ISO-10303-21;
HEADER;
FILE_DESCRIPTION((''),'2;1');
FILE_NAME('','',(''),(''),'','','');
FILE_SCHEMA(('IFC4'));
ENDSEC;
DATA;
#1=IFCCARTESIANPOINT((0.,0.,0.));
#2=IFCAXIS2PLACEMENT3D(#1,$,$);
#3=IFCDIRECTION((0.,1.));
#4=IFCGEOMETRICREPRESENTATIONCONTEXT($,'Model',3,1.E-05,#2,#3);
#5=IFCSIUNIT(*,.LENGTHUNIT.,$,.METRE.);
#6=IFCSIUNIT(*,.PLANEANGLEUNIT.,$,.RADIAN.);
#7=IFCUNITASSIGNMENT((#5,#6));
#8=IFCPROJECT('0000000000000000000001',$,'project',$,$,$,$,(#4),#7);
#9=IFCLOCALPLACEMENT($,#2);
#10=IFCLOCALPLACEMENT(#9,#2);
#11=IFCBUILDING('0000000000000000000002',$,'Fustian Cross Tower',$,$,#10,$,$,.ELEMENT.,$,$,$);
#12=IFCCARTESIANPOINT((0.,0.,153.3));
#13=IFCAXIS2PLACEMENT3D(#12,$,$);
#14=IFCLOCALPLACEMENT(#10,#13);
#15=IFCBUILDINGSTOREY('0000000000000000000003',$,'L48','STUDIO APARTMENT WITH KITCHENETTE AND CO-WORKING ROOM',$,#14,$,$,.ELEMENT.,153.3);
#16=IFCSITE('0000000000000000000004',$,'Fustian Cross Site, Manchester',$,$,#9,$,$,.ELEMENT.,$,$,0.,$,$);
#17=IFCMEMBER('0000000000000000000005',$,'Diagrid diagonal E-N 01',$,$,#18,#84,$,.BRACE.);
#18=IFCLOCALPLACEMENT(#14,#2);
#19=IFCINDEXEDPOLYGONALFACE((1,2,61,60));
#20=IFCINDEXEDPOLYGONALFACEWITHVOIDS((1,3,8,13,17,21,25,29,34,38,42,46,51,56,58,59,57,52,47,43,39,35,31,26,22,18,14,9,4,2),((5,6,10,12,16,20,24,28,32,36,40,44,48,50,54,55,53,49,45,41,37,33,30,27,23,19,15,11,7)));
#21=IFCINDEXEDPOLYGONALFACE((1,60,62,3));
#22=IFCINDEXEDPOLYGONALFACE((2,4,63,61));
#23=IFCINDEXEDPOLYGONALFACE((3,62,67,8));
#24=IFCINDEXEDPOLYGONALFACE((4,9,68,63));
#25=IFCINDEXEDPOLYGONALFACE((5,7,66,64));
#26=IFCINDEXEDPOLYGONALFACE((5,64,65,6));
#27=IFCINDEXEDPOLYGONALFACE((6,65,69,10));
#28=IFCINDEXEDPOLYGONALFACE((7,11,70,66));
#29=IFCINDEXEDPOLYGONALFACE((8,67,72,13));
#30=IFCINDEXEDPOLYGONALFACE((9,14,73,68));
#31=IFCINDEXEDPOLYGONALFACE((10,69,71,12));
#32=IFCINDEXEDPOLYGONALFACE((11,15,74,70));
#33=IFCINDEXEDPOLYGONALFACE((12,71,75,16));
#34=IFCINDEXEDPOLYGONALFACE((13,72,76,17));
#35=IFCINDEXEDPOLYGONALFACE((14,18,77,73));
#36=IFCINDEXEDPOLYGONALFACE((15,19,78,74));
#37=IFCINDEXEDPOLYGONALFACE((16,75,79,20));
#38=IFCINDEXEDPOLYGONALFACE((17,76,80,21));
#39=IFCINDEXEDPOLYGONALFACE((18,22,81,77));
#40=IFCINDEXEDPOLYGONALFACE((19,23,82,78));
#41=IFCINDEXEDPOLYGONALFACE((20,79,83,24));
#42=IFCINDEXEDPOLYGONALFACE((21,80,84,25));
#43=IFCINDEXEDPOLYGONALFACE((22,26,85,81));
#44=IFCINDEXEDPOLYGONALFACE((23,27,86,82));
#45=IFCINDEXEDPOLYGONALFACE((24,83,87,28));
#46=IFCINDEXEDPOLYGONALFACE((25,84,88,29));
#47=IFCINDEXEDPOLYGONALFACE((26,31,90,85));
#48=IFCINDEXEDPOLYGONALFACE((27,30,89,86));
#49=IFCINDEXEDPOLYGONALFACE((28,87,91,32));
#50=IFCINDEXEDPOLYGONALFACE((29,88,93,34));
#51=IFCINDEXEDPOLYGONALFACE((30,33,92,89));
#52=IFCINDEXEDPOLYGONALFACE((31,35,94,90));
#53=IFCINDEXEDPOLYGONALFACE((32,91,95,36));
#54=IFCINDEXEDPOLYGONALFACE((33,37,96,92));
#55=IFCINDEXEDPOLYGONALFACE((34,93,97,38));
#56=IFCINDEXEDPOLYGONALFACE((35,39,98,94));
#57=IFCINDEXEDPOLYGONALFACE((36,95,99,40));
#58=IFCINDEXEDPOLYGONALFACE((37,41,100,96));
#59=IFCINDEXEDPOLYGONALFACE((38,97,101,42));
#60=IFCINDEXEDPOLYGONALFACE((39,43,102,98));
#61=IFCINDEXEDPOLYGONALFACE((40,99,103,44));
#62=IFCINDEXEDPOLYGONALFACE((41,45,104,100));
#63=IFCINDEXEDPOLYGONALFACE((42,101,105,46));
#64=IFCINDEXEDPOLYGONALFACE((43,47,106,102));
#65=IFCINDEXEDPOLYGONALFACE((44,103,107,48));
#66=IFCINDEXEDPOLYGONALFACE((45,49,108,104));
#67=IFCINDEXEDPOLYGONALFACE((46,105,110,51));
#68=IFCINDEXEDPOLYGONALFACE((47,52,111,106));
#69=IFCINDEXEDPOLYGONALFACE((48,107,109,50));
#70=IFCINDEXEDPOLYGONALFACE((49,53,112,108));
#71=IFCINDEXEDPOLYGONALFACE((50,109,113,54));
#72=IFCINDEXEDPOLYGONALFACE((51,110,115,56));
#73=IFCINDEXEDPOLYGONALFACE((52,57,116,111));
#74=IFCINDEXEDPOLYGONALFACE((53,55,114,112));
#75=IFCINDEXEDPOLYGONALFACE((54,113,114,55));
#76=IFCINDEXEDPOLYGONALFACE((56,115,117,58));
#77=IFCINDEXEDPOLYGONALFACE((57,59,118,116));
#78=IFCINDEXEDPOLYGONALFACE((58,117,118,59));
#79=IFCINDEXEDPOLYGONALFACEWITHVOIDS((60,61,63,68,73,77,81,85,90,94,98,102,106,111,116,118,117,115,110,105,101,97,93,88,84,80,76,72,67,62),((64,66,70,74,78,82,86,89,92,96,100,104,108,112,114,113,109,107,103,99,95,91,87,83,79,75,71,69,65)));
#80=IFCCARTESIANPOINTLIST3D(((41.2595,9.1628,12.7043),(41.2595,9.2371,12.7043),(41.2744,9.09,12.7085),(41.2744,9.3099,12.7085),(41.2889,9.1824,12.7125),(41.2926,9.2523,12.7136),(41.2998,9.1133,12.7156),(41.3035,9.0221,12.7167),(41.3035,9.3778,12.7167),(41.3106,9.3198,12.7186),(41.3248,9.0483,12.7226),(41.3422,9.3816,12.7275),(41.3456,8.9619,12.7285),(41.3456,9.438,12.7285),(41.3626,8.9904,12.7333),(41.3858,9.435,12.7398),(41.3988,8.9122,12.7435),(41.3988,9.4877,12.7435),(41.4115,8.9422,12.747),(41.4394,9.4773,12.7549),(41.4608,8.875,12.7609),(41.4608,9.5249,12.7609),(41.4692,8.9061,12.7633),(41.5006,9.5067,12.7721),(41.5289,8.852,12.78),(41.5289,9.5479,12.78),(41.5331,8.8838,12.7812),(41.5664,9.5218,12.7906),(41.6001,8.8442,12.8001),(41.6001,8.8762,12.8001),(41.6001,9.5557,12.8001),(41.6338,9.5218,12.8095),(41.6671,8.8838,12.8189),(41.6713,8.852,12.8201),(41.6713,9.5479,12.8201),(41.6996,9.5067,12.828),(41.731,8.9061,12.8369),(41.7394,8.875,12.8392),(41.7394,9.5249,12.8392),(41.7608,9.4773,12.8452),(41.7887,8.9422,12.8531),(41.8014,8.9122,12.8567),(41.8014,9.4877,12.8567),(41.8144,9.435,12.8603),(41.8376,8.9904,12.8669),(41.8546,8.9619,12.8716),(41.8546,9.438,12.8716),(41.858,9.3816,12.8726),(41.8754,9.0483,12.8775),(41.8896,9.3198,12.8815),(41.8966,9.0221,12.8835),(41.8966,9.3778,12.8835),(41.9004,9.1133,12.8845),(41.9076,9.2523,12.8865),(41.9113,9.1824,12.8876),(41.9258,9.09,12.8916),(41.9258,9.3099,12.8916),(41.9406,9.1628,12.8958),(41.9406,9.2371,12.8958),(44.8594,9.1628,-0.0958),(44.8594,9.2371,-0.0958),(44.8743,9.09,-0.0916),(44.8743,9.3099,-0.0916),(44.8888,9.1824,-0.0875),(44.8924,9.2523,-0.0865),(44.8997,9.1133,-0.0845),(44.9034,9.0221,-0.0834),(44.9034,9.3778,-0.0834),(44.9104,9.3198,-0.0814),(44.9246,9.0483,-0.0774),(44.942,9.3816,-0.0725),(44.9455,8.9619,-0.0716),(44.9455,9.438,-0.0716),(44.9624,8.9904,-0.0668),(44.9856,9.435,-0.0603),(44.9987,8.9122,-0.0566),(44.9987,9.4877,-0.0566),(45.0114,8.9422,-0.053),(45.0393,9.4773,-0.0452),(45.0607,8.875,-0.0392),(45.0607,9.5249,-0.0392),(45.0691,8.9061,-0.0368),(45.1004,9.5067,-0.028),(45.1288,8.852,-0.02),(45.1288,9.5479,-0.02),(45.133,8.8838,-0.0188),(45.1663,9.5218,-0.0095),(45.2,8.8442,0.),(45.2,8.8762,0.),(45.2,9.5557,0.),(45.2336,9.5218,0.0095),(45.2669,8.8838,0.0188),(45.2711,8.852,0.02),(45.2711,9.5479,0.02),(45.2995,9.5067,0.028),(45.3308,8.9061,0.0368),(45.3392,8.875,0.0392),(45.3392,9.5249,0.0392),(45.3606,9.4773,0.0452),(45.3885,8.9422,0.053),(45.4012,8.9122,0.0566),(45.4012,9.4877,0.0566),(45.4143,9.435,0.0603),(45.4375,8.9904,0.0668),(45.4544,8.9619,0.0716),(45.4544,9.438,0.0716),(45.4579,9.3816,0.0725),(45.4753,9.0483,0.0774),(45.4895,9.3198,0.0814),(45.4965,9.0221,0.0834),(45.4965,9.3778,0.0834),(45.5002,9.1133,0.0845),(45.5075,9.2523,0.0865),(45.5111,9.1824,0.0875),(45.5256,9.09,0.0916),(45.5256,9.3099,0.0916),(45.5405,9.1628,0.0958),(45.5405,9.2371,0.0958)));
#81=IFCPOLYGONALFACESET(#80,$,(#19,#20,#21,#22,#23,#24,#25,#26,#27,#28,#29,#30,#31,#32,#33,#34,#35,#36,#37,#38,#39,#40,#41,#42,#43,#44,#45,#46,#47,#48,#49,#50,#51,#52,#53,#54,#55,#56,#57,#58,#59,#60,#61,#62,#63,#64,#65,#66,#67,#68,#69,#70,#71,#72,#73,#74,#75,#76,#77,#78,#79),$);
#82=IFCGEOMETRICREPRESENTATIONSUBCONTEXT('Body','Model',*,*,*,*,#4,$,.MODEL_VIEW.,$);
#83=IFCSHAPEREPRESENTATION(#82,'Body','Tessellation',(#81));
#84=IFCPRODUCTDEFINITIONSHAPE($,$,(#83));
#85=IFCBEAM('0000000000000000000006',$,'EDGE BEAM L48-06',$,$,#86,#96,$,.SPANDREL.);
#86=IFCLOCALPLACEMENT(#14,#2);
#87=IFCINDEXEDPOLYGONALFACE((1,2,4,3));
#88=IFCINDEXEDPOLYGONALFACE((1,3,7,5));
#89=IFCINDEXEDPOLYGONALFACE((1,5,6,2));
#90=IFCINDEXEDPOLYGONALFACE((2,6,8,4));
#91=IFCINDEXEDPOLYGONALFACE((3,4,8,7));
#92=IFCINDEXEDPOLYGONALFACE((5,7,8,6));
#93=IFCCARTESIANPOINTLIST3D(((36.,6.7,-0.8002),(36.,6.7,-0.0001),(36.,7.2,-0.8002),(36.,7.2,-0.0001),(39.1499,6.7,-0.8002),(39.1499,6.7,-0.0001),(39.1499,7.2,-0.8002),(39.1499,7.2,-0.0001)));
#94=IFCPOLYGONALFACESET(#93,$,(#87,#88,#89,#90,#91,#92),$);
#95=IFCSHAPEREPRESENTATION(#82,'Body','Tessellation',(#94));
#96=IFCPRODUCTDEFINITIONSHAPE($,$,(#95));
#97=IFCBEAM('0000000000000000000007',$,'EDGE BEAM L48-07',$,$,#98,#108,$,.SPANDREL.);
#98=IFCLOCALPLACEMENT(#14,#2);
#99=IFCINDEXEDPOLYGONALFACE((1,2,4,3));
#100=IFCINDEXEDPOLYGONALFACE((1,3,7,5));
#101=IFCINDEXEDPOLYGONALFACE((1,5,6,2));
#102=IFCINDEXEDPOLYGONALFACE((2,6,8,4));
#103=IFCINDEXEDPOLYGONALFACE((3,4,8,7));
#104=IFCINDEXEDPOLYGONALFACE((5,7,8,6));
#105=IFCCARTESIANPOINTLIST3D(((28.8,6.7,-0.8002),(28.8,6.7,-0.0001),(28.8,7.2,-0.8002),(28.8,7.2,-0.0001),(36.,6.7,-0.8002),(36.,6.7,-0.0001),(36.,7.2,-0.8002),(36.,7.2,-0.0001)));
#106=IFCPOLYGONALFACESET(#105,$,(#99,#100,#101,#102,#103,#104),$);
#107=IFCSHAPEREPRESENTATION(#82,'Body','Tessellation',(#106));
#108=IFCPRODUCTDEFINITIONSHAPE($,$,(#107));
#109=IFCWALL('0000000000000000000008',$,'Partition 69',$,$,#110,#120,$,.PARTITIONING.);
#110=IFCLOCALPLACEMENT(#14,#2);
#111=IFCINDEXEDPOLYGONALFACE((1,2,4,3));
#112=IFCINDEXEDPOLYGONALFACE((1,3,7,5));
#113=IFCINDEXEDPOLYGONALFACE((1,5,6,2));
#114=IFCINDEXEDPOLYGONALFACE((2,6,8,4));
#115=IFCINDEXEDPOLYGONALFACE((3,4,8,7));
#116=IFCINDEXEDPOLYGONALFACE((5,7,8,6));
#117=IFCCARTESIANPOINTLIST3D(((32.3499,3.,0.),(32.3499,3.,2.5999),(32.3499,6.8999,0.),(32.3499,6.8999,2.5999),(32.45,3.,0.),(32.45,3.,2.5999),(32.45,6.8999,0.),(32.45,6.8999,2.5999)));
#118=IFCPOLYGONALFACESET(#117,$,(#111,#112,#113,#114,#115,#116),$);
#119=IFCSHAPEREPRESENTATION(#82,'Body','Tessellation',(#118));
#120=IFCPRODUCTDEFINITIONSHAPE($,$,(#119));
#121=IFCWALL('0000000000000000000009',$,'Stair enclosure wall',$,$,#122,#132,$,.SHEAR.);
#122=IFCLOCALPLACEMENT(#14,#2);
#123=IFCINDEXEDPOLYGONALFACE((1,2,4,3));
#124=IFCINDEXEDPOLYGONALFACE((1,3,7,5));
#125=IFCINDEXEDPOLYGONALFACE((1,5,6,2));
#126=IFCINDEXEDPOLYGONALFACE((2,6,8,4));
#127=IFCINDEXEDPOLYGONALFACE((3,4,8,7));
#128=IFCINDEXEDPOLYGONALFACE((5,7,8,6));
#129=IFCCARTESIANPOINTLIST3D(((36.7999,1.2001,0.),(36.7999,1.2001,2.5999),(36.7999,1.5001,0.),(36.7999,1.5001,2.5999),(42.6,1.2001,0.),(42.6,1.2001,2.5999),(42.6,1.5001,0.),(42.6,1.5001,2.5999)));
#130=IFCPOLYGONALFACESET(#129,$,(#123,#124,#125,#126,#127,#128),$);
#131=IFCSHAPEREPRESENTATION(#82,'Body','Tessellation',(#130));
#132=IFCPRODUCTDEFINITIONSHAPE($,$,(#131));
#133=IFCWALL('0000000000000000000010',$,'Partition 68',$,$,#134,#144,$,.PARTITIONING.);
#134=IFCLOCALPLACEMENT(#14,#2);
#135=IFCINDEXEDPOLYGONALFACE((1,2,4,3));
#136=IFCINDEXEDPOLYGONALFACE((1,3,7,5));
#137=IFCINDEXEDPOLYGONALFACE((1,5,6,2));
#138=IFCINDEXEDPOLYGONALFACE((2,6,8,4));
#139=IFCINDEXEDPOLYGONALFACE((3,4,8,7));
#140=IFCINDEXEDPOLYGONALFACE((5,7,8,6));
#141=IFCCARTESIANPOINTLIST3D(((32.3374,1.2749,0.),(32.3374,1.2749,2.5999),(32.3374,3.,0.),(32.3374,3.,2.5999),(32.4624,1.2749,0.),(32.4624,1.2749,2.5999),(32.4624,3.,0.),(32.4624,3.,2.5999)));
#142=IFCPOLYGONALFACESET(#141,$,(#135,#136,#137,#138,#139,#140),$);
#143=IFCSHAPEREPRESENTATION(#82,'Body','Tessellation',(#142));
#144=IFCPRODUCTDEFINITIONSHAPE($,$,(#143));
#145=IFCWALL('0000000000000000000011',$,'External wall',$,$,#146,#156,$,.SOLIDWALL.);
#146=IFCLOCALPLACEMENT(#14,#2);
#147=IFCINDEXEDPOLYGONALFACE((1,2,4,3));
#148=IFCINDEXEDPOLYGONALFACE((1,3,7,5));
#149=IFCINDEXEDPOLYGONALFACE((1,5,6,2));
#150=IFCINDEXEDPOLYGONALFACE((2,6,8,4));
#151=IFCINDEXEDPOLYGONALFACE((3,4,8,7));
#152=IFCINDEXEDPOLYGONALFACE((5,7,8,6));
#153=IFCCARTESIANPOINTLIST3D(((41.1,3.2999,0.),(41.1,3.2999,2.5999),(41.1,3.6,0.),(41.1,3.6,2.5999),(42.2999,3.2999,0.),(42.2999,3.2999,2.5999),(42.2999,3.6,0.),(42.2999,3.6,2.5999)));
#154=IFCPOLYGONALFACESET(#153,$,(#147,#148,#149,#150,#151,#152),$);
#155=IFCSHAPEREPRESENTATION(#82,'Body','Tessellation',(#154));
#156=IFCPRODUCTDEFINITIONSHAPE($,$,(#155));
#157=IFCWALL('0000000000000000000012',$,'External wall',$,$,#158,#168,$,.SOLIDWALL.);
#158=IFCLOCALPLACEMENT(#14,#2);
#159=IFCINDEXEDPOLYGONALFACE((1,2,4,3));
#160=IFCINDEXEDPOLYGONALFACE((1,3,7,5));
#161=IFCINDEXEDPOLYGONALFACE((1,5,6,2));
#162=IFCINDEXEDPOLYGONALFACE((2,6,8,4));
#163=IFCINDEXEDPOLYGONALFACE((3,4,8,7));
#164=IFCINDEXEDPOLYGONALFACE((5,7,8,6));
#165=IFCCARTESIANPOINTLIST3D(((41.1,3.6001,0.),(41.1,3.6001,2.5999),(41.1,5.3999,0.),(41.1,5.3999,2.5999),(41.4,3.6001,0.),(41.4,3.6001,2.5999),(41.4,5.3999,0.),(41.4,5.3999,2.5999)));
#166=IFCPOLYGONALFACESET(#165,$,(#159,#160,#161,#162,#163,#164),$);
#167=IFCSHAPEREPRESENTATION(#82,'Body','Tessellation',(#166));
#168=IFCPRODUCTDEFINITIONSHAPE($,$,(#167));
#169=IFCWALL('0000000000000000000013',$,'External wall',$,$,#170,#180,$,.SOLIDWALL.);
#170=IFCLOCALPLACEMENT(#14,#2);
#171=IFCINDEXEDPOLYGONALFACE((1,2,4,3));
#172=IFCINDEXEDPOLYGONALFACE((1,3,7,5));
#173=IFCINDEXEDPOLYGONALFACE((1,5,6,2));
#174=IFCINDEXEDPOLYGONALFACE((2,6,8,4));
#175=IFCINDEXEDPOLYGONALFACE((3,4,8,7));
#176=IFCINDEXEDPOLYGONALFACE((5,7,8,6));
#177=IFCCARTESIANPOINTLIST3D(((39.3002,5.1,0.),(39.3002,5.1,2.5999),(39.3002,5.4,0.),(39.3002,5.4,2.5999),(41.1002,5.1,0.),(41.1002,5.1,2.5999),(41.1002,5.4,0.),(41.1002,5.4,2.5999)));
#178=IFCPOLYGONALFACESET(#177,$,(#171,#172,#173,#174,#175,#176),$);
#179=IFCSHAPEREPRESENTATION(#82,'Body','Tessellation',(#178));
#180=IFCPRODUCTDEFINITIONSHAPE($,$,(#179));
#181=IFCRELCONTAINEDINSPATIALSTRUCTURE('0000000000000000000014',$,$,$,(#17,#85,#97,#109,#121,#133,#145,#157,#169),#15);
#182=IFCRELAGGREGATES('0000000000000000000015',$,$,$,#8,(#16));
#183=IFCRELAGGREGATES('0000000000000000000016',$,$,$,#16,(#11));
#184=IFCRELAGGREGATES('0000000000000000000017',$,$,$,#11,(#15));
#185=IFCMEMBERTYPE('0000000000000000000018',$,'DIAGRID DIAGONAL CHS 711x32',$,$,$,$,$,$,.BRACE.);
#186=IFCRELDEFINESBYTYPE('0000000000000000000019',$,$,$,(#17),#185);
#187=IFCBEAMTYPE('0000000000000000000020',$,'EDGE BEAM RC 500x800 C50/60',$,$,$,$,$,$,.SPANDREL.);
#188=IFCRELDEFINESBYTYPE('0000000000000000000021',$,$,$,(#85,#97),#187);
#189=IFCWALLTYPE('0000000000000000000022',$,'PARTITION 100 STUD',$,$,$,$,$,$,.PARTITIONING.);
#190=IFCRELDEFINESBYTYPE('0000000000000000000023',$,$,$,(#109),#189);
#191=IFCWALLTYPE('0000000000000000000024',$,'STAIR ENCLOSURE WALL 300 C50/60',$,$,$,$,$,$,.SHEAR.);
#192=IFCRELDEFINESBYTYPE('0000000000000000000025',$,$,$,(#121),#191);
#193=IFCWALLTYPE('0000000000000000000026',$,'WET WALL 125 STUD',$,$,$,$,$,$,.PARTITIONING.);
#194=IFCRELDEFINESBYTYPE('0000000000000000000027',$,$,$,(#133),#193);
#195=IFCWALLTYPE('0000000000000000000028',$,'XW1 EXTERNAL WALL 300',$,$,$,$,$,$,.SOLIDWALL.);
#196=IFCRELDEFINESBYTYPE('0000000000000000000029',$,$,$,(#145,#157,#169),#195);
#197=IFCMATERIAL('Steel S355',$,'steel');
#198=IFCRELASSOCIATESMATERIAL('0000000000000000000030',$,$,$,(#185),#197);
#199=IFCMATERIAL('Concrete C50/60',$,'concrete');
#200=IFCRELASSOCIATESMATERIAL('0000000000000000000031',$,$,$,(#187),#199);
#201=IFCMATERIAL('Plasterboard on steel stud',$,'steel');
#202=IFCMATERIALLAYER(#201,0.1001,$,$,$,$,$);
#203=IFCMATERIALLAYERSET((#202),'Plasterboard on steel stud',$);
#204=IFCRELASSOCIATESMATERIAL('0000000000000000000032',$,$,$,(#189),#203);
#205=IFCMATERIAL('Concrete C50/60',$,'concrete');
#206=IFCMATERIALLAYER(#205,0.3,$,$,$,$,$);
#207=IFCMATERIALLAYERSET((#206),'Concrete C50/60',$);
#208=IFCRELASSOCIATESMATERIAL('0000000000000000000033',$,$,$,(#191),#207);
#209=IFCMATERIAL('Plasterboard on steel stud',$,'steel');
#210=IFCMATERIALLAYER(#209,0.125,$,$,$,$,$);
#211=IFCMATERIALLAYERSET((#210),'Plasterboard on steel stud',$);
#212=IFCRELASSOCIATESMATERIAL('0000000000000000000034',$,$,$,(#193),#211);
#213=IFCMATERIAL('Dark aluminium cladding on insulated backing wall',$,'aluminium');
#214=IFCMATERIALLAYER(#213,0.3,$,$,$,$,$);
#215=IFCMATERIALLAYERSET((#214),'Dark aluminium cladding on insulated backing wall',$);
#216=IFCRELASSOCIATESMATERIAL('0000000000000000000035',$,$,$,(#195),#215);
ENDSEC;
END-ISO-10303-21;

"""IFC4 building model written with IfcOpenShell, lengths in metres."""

from ifc_helpers import new_model, si_unit, direction, frame, frame_2d, origin, origin_2d, place, context, subcontext, project, spatial, rectangle, hollow_circle, extrude, material, layer, layer_set, material_profile, profile_set, type_object, element, save


model = new_model("IFC4")

# Units and contexts
model_context = context("Model", 3, precision=1e-05, world=origin(), true_north=direction((0.0, 1.0)))
body_context = subcontext(model_context, "Body", "Model", "MODEL_VIEW")
ifc_project = project(units=[si_unit("LENGTHUNIT", "METRE"), si_unit("PLANEANGLEUNIT", "RADIAN")], contexts=[model_context])

# Site, building, storey
site_placement = place(None, origin())
site = spatial("IfcSite", under=ifc_project, at=site_placement, Name="Fustian Cross Site, Manchester", CompositionType="ELEMENT", RefElevation=0.0)
building_placement = place(site_placement, origin())
building = spatial("IfcBuilding", under=site, at=building_placement, Name="Fustian Cross Tower", CompositionType="ELEMENT")
storey_placement = place(building_placement, frame((0.0, 0.0, 153.3)))
storey = spatial("IfcBuildingStorey", under=building, at=storey_placement, Name="L48", Description="STUDIO APARTMENT WITH KITCHENETTE AND CO-WORKING ROOM", CompositionType="ELEMENT", Elevation=153.3)

# Member
ifc_material_1 = material(Name="Steel S355", Category="steel")
ifc_material_profile_1 = material_profile(ifc_material_1, hollow_circle(Radius=0.3557, WallThickness=0.032, at=origin_2d()), Name="CHS 711x32")
ifc_profile_set_1 = profile_set([ifc_material_profile_1], Name="Steel S355")
member_type_1 = type_object("IfcMemberType", Name="DIAGRID DIAGONAL CHS 711x32", PredefinedType="BRACE", material=ifc_profile_set_1)
member_1_placement = place(storey_placement, frame((45.2, 9.2, 0.0), z_axis=(-0.270734, 0.0, 0.962654), x_axis=(0.0, -1.0, 0.0)))
element("IfcMember", 1, at=member_1_placement, inside=storey, type_object=member_type_1, Name="Diagrid diagonal E-N 01", PredefinedType="BRACE", context=body_context, shape_type="SweptSolid", body=[
    extrude(hollow_circle(Radius=0.3557, WallThickness=0.032, at=origin_2d()), origin(), (0.0, 0.0, 1.0), 13.2966),
])

# Beams
ifc_material_2 = material(Name="Concrete C50/60", Category="concrete")
ifc_material_profile_2 = material_profile(ifc_material_2, rectangle(XDim=0.5, YDim=0.8, at=origin_2d()), Name="RC 500x800")
ifc_profile_set_2 = profile_set([ifc_material_profile_2], Name="Concrete C50/60")
beam_type = type_object("IfcBeamType", Name="EDGE BEAM RC 500x800 C50/60", PredefinedType="SPANDREL", material=ifc_profile_set_2)
beam_1_placement = place(storey_placement, frame((39.1499, 6.95, -0.4001), z_axis=(-1.0, 0.0, 0.0), x_axis=(0.0, -1.0, 0.0)))
element("IfcBeam", 2, at=beam_1_placement, inside=storey, type_object=beam_type, Name="EDGE BEAM L48-06", PredefinedType="SPANDREL", context=body_context, shape_type="SweptSolid", body=[
    extrude(rectangle(XDim=0.5, YDim=0.8, at=origin_2d()), origin(), (0.0, 0.0, 1.0), 3.1499),
])
beam_2_placement = place(storey_placement, frame((36.0, 6.95, -0.4001), z_axis=(-1.0, 0.0, 0.0), x_axis=(0.0, -1.0, 0.0)))
element("IfcBeam", 3, at=beam_2_placement, inside=storey, type_object=beam_type, Name="EDGE BEAM L48-07", PredefinedType="SPANDREL", context=body_context, shape_type="SweptSolid", body=[
    extrude(rectangle(XDim=0.5, YDim=0.8, at=origin_2d()), origin(), (0.0, 0.0, 1.0), 7.2),
])

# Walls
ifc_material_3 = material(Name="Plasterboard on steel stud", Category="steel")
ifc_layer_1 = layer(ifc_material_3, 0.1001)
ifc_layer_set_1 = layer_set([ifc_layer_1], Name="Plasterboard on steel stud")
wall_type_1 = type_object("IfcWallType", Name="PARTITION 100 STUD", PredefinedType="PARTITIONING", material=ifc_layer_set_1)
wall_1_placement = place(storey_placement, frame((32.3999, 3.0, 0.0), z_axis=(0.0, 0.0, 1.0), x_axis=(0.0, 1.0, 0.0)))
element("IfcWall", 4, at=wall_1_placement, inside=storey, type_object=wall_type_1, Name="Partition 69", PredefinedType="PARTITIONING", context=body_context, shape_type="SweptSolid", body=[
    extrude(rectangle(XDim=3.8999, YDim=0.1001, at=frame_2d((1.95, 0.0))), origin(), (0.0, 0.0, 1.0), 2.5999),
])
ifc_material_4 = material(Name="Concrete C50/60", Category="concrete")
ifc_layer_2 = layer(ifc_material_4, 0.3)
ifc_layer_set_2 = layer_set([ifc_layer_2], Name="Concrete C50/60")
wall_type_2 = type_object("IfcWallType", Name="STAIR ENCLOSURE WALL 300 C50/60", PredefinedType="SHEAR", material=ifc_layer_set_2)
wall_2_placement = place(storey_placement, frame((36.8, 1.3501, 0.0), z_axis=(0.0, 0.0, 1.0), x_axis=(1.0, 0.0, 0.0)))
element("IfcWall", 5, at=wall_2_placement, inside=storey, type_object=wall_type_2, Name="Stair enclosure wall", PredefinedType="SHEAR", context=body_context, shape_type="SweptSolid", body=[
    extrude(rectangle(XDim=5.8, YDim=0.3, at=frame_2d((2.8999, 0.0))), origin(), (0.0, 0.0, 1.0), 2.5999),
])
ifc_material_5 = material(Name="Plasterboard on steel stud", Category="steel")
ifc_layer_3 = layer(ifc_material_5, 0.125)
ifc_layer_set_3 = layer_set([ifc_layer_3], Name="Plasterboard on steel stud")
wall_type_3 = type_object("IfcWallType", Name="WET WALL 125 STUD", PredefinedType="PARTITIONING", material=ifc_layer_set_3)
wall_3_placement = place(storey_placement, frame((32.3999, 1.2749, 0.0), z_axis=(0.0, 0.0, 1.0), x_axis=(0.0, 1.0, 0.0)))
element("IfcWall", 6, at=wall_3_placement, inside=storey, type_object=wall_type_3, Name="Partition 68", PredefinedType="PARTITIONING", context=body_context, shape_type="SweptSolid", body=[
    extrude(rectangle(XDim=1.7251, YDim=0.125, at=frame_2d((0.8625, 0.0))), origin(), (0.0, 0.0, 1.0), 2.5999),
])
ifc_material_6 = material(Name="Dark aluminium cladding on insulated backing wall", Category="aluminium")
ifc_layer_4 = layer(ifc_material_6, 0.3)
ifc_layer_set_4 = layer_set([ifc_layer_4], Name="Dark aluminium cladding on insulated backing wall")
wall_type_4 = type_object("IfcWallType", Name="XW1 EXTERNAL WALL 300", PredefinedType="SOLIDWALL", material=ifc_layer_set_4)
wall_4_placement = place(storey_placement, frame((42.3, 3.45, 0.0), z_axis=(0.0, 0.0, 1.0), x_axis=(-1.0, 0.0, 0.0)))
element("IfcWall", 7, at=wall_4_placement, inside=storey, type_object=wall_type_4, Name="External wall", PredefinedType="SOLIDWALL", context=body_context, shape_type="SweptSolid", body=[
    extrude(rectangle(XDim=1.2, YDim=0.3, at=frame_2d((0.6001, 0.0))), origin(), (0.0, 0.0, 1.0), 2.5999),
])
wall_5_placement = place(storey_placement, frame((41.25, 3.6001, 0.0), z_axis=(0.0, 0.0, 1.0), x_axis=(0.0, 1.0, 0.0)))
element("IfcWall", 8, at=wall_5_placement, inside=storey, type_object=wall_type_4, Name="External wall", PredefinedType="SOLIDWALL", context=body_context, shape_type="SweptSolid", body=[
    extrude(rectangle(XDim=1.7998, YDim=0.3, at=frame_2d((0.8999, 0.0))), origin(), (0.0, 0.0, 1.0), 2.5999),
])
wall_6_placement = place(storey_placement, frame((41.1001, 5.25, 0.0), z_axis=(0.0, 0.0, 1.0), x_axis=(-1.0, 0.0, 0.0)))
element("IfcWall", 9, at=wall_6_placement, inside=storey, type_object=wall_type_4, Name="External wall", PredefinedType="SOLIDWALL", context=body_context, shape_type="SweptSolid", body=[
    extrude(rectangle(XDim=1.8, YDim=0.3, at=frame_2d((0.8999, 0.0))), origin(), (0.0, 0.0, 1.0), 2.5999),
])

save(model, "model.ifc")
